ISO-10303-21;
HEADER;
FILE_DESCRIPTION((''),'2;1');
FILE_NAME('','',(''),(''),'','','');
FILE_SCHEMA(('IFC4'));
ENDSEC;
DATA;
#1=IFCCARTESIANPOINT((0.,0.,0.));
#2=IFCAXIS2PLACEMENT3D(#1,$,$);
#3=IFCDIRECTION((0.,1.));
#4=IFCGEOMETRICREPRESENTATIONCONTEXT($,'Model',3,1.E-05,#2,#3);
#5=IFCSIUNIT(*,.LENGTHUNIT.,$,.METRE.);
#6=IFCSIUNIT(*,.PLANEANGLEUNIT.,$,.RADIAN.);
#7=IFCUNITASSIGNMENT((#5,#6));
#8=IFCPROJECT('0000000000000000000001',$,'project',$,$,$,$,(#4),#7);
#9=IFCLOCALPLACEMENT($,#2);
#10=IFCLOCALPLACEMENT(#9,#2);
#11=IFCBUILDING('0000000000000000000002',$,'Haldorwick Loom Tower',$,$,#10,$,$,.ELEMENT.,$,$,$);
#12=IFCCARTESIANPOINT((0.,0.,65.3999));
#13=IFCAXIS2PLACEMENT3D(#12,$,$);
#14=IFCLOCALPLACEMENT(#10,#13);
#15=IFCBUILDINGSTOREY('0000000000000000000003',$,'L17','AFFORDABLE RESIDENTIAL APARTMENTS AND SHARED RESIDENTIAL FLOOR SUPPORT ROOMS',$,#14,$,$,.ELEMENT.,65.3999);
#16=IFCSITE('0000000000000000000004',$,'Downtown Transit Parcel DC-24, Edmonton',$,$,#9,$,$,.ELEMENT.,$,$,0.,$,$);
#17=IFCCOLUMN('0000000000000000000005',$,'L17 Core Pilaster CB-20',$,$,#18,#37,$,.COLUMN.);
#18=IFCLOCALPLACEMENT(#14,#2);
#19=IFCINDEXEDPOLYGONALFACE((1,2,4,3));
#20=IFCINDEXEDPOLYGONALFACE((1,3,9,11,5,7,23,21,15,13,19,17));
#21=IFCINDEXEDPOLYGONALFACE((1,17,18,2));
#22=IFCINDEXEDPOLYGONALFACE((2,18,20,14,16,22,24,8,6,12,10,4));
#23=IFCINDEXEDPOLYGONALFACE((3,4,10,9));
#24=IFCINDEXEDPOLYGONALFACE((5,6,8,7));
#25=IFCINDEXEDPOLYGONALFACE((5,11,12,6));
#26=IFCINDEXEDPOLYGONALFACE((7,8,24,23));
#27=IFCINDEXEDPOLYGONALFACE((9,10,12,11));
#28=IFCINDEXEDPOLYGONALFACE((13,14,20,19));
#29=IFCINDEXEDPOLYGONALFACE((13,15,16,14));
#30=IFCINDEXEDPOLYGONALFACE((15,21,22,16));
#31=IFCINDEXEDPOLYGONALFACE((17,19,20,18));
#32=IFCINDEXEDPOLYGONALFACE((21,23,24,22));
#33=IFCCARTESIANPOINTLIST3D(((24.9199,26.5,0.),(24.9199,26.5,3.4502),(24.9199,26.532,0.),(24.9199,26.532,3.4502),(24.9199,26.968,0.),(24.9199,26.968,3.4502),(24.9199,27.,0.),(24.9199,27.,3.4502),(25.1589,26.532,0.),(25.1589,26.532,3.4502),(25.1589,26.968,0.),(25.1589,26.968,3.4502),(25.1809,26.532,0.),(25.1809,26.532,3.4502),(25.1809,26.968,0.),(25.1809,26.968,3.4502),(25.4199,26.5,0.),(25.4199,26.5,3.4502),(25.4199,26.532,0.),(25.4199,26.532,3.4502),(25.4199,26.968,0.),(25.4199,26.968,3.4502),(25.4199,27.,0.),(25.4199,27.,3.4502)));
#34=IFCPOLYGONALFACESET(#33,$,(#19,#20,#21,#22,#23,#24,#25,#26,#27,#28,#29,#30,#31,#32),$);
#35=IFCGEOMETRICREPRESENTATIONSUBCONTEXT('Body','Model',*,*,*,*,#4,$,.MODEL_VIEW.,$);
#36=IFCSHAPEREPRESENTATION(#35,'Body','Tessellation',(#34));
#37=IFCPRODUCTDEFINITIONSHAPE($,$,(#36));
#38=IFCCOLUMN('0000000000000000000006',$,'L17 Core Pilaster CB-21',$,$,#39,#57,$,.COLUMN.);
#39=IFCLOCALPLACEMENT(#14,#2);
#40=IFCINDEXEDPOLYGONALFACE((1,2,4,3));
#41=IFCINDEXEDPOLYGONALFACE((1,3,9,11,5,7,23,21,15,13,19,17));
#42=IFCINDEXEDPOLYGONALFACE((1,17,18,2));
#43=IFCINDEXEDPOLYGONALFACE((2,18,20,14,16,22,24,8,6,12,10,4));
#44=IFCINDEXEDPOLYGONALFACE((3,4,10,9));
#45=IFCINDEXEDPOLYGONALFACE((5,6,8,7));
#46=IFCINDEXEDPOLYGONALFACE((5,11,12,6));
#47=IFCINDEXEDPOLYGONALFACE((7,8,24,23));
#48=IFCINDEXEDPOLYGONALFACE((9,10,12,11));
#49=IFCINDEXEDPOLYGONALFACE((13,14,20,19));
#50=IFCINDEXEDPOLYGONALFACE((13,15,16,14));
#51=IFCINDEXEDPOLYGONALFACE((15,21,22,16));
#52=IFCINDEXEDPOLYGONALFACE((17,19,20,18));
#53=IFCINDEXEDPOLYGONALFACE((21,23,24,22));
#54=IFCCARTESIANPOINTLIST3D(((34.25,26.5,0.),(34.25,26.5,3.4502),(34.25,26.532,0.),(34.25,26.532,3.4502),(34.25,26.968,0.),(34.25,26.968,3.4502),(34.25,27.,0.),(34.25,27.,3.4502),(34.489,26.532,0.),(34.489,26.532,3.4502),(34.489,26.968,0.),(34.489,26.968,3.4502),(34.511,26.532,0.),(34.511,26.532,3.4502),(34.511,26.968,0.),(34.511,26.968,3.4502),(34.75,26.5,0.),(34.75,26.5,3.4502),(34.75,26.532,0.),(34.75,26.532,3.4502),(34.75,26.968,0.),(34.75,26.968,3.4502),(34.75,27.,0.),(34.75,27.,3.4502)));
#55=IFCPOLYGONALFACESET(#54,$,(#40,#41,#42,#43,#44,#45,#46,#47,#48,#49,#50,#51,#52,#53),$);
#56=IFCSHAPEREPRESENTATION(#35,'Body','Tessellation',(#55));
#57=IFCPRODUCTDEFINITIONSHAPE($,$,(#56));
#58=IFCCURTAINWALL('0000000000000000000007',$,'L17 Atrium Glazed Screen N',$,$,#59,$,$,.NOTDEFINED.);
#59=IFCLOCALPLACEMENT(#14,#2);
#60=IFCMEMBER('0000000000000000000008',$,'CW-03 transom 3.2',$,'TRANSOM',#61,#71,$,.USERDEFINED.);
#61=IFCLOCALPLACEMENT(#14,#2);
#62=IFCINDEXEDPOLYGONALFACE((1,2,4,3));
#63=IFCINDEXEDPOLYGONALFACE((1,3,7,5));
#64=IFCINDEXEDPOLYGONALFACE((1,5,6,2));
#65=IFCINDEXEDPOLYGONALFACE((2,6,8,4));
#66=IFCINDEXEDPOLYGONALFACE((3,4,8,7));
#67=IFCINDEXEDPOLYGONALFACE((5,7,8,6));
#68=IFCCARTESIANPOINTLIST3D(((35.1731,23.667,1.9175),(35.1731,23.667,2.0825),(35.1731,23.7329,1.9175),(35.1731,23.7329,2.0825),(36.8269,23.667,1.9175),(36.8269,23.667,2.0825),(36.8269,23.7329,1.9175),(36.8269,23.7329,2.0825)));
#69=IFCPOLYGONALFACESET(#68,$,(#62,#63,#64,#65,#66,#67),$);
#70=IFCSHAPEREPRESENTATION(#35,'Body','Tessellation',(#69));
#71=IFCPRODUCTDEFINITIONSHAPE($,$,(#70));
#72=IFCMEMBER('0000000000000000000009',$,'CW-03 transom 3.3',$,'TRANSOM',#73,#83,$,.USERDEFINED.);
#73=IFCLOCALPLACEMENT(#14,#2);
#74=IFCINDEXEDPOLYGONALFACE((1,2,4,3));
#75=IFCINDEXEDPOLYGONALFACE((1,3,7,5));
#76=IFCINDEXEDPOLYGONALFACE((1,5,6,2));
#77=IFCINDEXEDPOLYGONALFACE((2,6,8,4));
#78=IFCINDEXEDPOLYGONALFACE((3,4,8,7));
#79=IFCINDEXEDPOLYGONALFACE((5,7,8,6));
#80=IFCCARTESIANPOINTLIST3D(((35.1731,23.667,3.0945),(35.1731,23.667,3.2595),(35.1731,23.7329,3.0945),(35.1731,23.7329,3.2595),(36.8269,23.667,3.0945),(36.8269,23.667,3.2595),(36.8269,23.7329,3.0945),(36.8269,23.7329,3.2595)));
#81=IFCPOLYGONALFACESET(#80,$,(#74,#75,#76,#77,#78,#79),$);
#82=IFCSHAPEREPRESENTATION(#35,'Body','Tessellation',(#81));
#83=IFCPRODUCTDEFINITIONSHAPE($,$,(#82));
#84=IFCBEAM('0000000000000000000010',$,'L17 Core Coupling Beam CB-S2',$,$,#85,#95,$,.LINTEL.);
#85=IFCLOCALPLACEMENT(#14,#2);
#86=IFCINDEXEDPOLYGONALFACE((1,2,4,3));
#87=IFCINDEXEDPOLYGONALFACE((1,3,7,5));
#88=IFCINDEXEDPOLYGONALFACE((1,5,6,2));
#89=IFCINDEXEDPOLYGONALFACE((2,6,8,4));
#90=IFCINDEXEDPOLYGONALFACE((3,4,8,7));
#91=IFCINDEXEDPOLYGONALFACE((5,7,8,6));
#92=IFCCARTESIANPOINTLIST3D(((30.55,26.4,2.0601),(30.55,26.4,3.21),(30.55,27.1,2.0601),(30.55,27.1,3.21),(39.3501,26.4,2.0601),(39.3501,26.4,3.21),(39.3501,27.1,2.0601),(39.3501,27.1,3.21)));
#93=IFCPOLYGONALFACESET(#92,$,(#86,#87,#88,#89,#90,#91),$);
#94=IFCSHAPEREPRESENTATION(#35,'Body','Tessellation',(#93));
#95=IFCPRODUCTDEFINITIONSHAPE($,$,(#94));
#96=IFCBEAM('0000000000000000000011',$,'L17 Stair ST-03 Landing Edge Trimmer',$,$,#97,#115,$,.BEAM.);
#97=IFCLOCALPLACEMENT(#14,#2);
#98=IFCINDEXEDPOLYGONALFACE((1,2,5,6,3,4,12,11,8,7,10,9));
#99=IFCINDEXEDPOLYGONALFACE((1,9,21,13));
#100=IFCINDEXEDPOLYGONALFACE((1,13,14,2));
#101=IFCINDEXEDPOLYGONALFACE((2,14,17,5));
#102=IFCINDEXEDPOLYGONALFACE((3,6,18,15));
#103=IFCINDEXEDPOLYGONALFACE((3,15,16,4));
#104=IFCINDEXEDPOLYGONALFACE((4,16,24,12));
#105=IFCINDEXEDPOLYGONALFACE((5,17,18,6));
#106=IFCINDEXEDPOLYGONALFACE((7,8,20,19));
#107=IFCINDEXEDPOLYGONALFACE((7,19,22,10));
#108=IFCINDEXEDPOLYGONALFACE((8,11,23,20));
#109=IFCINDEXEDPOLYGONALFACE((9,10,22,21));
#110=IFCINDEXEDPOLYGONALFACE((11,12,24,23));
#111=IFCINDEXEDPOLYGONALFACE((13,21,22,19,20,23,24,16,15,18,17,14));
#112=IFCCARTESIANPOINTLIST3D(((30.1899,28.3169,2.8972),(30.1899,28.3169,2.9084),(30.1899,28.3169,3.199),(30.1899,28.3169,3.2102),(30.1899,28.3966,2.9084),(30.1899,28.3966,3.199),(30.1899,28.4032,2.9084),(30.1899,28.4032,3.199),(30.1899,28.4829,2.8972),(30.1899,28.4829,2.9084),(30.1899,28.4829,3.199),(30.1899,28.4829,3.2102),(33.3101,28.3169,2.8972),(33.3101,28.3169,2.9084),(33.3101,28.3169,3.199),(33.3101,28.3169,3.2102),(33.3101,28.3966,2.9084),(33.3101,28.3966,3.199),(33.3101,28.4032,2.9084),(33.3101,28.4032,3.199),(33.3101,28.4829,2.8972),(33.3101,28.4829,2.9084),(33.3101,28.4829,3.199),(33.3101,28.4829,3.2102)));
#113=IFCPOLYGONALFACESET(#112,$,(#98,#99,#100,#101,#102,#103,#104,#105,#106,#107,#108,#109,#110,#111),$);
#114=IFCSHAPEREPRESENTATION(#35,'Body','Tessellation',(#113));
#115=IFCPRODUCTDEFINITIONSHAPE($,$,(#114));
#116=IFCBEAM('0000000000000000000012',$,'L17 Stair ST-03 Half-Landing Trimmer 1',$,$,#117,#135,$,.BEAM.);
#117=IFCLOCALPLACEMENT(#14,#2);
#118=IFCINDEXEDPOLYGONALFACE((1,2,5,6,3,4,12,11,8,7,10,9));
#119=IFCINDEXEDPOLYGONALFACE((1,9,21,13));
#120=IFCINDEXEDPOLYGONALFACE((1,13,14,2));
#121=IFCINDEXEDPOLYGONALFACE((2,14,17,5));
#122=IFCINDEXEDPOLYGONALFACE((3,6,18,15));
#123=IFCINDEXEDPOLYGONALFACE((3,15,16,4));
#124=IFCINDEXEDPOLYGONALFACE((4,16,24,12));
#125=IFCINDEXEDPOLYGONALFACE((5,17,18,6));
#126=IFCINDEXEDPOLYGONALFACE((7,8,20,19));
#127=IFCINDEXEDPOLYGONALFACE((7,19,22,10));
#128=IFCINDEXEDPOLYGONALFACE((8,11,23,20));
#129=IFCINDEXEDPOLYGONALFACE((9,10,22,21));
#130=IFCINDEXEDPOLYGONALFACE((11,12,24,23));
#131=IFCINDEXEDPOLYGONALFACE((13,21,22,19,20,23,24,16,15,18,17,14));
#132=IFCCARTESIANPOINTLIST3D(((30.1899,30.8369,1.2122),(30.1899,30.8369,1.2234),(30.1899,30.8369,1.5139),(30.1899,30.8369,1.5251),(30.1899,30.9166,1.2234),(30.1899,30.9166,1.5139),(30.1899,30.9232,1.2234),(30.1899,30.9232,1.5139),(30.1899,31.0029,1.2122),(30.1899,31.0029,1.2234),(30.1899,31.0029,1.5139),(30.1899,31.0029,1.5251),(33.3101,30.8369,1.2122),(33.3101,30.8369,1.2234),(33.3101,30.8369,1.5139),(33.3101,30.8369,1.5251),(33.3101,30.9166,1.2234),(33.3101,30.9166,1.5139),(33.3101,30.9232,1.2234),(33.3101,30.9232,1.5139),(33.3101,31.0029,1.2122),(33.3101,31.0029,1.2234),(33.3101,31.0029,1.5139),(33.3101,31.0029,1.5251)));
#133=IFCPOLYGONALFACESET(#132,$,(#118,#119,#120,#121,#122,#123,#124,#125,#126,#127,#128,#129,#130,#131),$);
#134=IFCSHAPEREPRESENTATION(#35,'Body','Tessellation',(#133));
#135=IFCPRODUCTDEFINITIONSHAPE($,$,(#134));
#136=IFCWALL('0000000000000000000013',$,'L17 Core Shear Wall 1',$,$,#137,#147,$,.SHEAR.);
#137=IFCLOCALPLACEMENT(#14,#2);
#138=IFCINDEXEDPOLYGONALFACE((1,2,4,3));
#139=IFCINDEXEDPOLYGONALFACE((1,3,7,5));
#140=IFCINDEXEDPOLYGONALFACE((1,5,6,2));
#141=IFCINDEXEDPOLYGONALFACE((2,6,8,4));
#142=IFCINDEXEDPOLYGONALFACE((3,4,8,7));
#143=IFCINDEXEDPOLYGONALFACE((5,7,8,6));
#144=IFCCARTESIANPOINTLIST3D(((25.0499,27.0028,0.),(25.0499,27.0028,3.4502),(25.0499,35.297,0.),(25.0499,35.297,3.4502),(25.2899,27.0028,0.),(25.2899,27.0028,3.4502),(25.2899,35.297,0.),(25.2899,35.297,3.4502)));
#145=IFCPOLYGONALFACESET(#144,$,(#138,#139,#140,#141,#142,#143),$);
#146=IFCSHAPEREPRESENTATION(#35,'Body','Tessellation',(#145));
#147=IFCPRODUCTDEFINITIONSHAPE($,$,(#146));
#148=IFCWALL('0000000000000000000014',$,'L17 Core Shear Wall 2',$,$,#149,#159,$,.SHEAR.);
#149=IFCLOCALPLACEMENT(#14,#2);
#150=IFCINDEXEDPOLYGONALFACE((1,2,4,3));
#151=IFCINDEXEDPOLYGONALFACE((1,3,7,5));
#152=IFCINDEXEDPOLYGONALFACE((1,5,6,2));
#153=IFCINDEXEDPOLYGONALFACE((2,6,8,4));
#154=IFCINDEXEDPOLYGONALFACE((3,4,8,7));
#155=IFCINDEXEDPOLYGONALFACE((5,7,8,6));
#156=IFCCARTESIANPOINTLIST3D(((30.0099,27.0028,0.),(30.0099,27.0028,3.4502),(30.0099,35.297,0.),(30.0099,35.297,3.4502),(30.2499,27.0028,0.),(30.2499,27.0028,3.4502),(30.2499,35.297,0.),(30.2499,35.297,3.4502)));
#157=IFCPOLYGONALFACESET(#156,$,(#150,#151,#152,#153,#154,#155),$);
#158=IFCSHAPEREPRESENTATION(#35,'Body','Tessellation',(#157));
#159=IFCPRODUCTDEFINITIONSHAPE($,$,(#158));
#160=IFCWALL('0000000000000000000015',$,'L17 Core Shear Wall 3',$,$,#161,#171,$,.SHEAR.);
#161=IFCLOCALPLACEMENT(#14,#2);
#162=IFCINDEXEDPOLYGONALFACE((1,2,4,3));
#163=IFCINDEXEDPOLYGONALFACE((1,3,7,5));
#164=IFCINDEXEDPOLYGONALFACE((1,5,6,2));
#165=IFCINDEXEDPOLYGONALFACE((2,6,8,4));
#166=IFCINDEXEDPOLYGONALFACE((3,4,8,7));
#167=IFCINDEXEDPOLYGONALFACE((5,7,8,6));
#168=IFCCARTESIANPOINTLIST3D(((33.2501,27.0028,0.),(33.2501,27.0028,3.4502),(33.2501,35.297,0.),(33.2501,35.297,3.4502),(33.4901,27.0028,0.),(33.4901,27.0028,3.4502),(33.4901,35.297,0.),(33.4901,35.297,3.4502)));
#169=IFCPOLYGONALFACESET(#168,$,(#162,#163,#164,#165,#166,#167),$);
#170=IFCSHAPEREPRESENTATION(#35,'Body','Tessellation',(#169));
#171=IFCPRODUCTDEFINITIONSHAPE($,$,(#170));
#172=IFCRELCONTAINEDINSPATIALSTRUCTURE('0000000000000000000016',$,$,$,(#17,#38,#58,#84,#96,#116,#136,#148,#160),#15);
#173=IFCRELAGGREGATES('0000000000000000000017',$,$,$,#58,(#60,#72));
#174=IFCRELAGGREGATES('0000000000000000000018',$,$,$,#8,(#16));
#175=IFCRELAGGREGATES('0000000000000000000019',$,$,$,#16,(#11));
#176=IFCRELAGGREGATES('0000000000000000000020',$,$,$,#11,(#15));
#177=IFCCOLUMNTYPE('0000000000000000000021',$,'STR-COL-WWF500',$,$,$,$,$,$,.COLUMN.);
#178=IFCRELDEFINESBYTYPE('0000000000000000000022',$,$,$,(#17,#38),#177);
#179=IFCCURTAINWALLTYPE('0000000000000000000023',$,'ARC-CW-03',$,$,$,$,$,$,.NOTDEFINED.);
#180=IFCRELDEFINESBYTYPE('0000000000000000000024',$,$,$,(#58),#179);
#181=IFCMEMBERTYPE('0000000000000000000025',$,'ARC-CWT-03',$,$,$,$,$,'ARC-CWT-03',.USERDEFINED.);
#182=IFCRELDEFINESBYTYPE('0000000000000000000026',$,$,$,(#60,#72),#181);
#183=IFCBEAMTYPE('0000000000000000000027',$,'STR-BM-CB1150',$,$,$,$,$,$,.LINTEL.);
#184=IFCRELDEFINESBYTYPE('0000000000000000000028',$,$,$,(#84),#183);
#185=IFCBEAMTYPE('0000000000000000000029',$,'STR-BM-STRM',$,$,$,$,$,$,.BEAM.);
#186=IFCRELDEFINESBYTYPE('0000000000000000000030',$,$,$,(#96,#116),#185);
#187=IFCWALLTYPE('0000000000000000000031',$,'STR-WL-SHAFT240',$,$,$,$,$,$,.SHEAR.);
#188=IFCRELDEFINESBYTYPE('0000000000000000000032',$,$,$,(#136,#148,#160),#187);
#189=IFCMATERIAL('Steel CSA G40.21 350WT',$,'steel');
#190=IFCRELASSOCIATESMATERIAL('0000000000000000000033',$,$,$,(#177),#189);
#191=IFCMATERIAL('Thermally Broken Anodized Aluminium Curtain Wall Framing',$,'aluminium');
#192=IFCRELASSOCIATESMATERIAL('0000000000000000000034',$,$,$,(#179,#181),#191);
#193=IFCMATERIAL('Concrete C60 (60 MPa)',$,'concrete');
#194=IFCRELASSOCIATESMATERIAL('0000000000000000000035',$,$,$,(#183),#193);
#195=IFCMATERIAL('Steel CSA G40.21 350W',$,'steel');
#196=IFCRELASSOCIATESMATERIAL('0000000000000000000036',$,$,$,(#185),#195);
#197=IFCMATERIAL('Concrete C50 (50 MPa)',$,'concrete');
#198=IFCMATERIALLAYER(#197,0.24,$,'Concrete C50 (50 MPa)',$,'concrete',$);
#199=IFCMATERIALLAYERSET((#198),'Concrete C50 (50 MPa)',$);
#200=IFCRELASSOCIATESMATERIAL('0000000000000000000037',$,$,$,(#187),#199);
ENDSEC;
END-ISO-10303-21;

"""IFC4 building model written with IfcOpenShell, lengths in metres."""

from ifc_helpers import new_model, si_unit, direction, frame, frame_2d, origin, origin_2d, place, context, subcontext, project, spatial, rectangle, i_section, extrude, material, layer, layer_set, material_profile, profile_set, type_object, element, aggregate, save


model = new_model("IFC4")

# Units and contexts
model_context = context("Model", 3, precision=1e-05, world=origin(), true_north=direction((0.0, 1.0)))
body_context = subcontext(model_context, "Body", "Model", "MODEL_VIEW")
ifc_project = project(units=[si_unit("LENGTHUNIT", "METRE"), si_unit("PLANEANGLEUNIT", "RADIAN")], contexts=[model_context])

# Site, building, storey
site_placement = place(None, origin())
site = spatial("IfcSite", under=ifc_project, at=site_placement, Name="Downtown Transit Parcel DC-24, Edmonton", CompositionType="ELEMENT", RefElevation=0.0)
building_placement = place(site_placement, origin())
building = spatial("IfcBuilding", under=site, at=building_placement, Name="Haldorwick Loom Tower", CompositionType="ELEMENT")
storey_placement = place(building_placement, frame((0.0, 0.0, 65.3999)))
storey = spatial("IfcBuildingStorey", under=building, at=storey_placement, Name="L17", Description="AFFORDABLE RESIDENTIAL APARTMENTS AND SHARED RESIDENTIAL FLOOR SUPPORT ROOMS", CompositionType="ELEMENT", Elevation=65.3999)

# Columns
ifc_material_1 = material(Name="Steel CSA G40.21 350WT", Category="steel")
ifc_material_profile_1 = material_profile(ifc_material_1, i_section(OverallWidth=0.5, OverallDepth=0.5, WebThickness=0.022, FlangeThickness=0.032, at=origin_2d()), Name="WWF500X500", Category="steel")
ifc_profile_set_1 = profile_set([ifc_material_profile_1], Name="Steel CSA G40.21 350WT")
column_type = type_object("IfcColumnType", Name="STR-COL-WWF500", PredefinedType="COLUMN", material=ifc_profile_set_1)
for number, where, z_axis, x_axis, name in (
    (1, (25.1699, 26.75, 0.0), (0.0, 0.0, 1.0), (1.0, 0.0, 0.0), "L17 Core Pilaster CB-20"),
    (2, (34.5, 26.75, 0.0), (0.0, 0.0, 1.0), (1.0, 0.0, 0.0), "L17 Core Pilaster CB-21"),
):
    element("IfcColumn", number, at=place(storey_placement, frame(where, z_axis=z_axis, x_axis=x_axis)), inside=storey, type_object=column_type, Name=name, PredefinedType="COLUMN", context=body_context, shape_type="SweptSolid", body=[
        extrude(i_section(OverallWidth=0.5, OverallDepth=0.5, WebThickness=0.022, FlangeThickness=0.032, at=origin_2d()), origin(), (0.0, 0.0, 1.0), 3.4502),
    ])

# Curtain wall, members
ifc_material_2 = material(Name="Thermally Broken Anodized Aluminium Curtain Wall Framing", Category="aluminium")
curtain_wall_type = type_object("IfcCurtainWallType", Name="ARC-CW-03", PredefinedType="NOTDEFINED", material=ifc_material_2)
curtain_wall_placement = place(storey_placement, origin())
curtain_wall = element("IfcCurtainWall", 3, at=curtain_wall_placement, inside=storey, type_object=curtain_wall_type, Name="L17 Atrium Glazed Screen N", PredefinedType="NOTDEFINED")
ifc_material_profile_2 = material_profile(ifc_material_2, rectangle(XDim=0.0659, YDim=0.165, at=origin_2d()), Name="ALU_TRN_66X165", Category="aluminium")
ifc_profile_set_2 = profile_set([ifc_material_profile_2], Name="Thermally Broken Anodized Aluminium Curtain Wall Framing")
member_type = type_object("IfcMemberType", Name="ARC-CWT-03", ElementType="ARC-CWT-03", PredefinedType="USERDEFINED", material=ifc_profile_set_2)
member_1_placement = place(storey_placement, frame((35.1731, 23.7, 2.0), z_axis=(1.0, 0.0, 0.0), x_axis=(0.0, 1.0, 0.0)))
member_1 = element("IfcMember", 4, at=member_1_placement, type_object=member_type, Name="CW-03 transom 3.2", ObjectType="TRANSOM", PredefinedType="USERDEFINED", context=body_context, shape_type="SweptSolid", body=[
    extrude(rectangle(XDim=0.0659, YDim=0.165, at=origin_2d()), origin(), (0.0, 0.0, 1.0), 1.6538),
])
member_2_placement = place(storey_placement, frame((35.1731, 23.7, 3.177), z_axis=(1.0, 0.0, 0.0), x_axis=(0.0, 1.0, 0.0)))
member_2 = element("IfcMember", 5, at=member_2_placement, type_object=member_type, Name="CW-03 transom 3.3", ObjectType="TRANSOM", PredefinedType="USERDEFINED", context=body_context, shape_type="SweptSolid", body=[
    extrude(rectangle(XDim=0.0659, YDim=0.165, at=origin_2d()), origin(), (0.0, 0.0, 1.0), 1.6538),
])
aggregate(curtain_wall, [member_1, member_2])

# Beams
ifc_material_3 = material(Name="Concrete C60 (60 MPa)", Category="concrete")
ifc_material_profile_3 = material_profile(ifc_material_3, rectangle(XDim=0.7, YDim=1.1499, at=origin_2d()), Name="RC700X1150", Category="concrete")
ifc_profile_set_3 = profile_set([ifc_material_profile_3], Name="Concrete C60 (60 MPa)")
beam_type_1 = type_object("IfcBeamType", Name="STR-BM-CB1150", PredefinedType="LINTEL", material=ifc_profile_set_3)
beam_placement = place(storey_placement, frame((30.55, 26.75, 2.635), z_axis=(1.0, 0.0, 0.0), x_axis=(0.0, 1.0, 0.0)))
element("IfcBeam", 6, at=beam_placement, inside=storey, type_object=beam_type_1, Name="L17 Core Coupling Beam CB-S2", PredefinedType="LINTEL", context=body_context, shape_type="SweptSolid", body=[
    extrude(rectangle(XDim=0.7, YDim=1.1499, at=origin_2d()), origin(), (0.0, 0.0, 1.0), 8.8),
])
ifc_material_4 = material(Name="Steel CSA G40.21 350W", Category="steel")
ifc_material_profile_4 = material_profile(ifc_material_4, i_section(OverallWidth=0.166, OverallDepth=0.313, WebThickness=0.0066, FlangeThickness=0.0112, at=origin_2d()), Name="W310X45", Category="steel")
ifc_profile_set_4 = profile_set([ifc_material_profile_4], Name="Steel CSA G40.21 350W")
beam_type_2 = type_object("IfcBeamType", Name="STR-BM-STRM", PredefinedType="BEAM", material=ifc_profile_set_4)
for number, where, z_axis, x_axis, name in (
    (7, (30.1899, 28.3999, 3.0537), (1.0, 0.0, 0.0), (0.0, 1.0, 0.0), "L17 Stair ST-03 Landing Edge Trimmer"),
    (8, (30.1899, 30.9199, 1.3687), (1.0, 0.0, 0.0), (0.0, 1.0, 0.0), "L17 Stair ST-03 Half-Landing Trimmer 1"),
):
    element("IfcBeam", number, at=place(storey_placement, frame(where, z_axis=z_axis, x_axis=x_axis)), inside=storey, type_object=beam_type_2, Name=name, PredefinedType="BEAM", context=body_context, shape_type="SweptSolid", body=[
        extrude(i_section(OverallWidth=0.166, OverallDepth=0.313, WebThickness=0.0066, FlangeThickness=0.0112, at=origin_2d()), origin(), (0.0, 0.0, 1.0), 3.1201),
    ])

# Walls
ifc_material_5 = material(Name="Concrete C50 (50 MPa)", Category="concrete")
ifc_layer = layer(ifc_material_5, 0.24, Name="Concrete C50 (50 MPa)", Category="concrete")
ifc_layer_set = layer_set([ifc_layer], Name="Concrete C50 (50 MPa)")
wall_type = type_object("IfcWallType", Name="STR-WL-SHAFT240", PredefinedType="SHEAR", material=ifc_layer_set)
for number, where, z_axis, x_axis, name in (
    (9, (25.1699, 27.0029, 0.0), (0.0, 0.0, 1.0), (0.0, 1.0, 0.0), "L17 Core Shear Wall 1"),
    (10, (30.1299, 27.0029, 0.0), (0.0, 0.0, 1.0), (0.0, 1.0, 0.0), "L17 Core Shear Wall 2"),
    (11, (33.3701, 27.0029, 0.0), (0.0, 0.0, 1.0), (0.0, 1.0, 0.0), "L17 Core Shear Wall 3"),
):
    element("IfcWall", number, at=place(storey_placement, frame(where, z_axis=z_axis, x_axis=x_axis)), inside=storey, type_object=wall_type, Name=name, PredefinedType="SHEAR", context=body_context, shape_type="SweptSolid", body=[
        extrude(rectangle(XDim=8.2942, YDim=0.24, at=frame_2d((4.147, 0.0))), origin(), (0.0, 0.0, 1.0), 3.4502),
    ])

save(model, "model.ifc")
